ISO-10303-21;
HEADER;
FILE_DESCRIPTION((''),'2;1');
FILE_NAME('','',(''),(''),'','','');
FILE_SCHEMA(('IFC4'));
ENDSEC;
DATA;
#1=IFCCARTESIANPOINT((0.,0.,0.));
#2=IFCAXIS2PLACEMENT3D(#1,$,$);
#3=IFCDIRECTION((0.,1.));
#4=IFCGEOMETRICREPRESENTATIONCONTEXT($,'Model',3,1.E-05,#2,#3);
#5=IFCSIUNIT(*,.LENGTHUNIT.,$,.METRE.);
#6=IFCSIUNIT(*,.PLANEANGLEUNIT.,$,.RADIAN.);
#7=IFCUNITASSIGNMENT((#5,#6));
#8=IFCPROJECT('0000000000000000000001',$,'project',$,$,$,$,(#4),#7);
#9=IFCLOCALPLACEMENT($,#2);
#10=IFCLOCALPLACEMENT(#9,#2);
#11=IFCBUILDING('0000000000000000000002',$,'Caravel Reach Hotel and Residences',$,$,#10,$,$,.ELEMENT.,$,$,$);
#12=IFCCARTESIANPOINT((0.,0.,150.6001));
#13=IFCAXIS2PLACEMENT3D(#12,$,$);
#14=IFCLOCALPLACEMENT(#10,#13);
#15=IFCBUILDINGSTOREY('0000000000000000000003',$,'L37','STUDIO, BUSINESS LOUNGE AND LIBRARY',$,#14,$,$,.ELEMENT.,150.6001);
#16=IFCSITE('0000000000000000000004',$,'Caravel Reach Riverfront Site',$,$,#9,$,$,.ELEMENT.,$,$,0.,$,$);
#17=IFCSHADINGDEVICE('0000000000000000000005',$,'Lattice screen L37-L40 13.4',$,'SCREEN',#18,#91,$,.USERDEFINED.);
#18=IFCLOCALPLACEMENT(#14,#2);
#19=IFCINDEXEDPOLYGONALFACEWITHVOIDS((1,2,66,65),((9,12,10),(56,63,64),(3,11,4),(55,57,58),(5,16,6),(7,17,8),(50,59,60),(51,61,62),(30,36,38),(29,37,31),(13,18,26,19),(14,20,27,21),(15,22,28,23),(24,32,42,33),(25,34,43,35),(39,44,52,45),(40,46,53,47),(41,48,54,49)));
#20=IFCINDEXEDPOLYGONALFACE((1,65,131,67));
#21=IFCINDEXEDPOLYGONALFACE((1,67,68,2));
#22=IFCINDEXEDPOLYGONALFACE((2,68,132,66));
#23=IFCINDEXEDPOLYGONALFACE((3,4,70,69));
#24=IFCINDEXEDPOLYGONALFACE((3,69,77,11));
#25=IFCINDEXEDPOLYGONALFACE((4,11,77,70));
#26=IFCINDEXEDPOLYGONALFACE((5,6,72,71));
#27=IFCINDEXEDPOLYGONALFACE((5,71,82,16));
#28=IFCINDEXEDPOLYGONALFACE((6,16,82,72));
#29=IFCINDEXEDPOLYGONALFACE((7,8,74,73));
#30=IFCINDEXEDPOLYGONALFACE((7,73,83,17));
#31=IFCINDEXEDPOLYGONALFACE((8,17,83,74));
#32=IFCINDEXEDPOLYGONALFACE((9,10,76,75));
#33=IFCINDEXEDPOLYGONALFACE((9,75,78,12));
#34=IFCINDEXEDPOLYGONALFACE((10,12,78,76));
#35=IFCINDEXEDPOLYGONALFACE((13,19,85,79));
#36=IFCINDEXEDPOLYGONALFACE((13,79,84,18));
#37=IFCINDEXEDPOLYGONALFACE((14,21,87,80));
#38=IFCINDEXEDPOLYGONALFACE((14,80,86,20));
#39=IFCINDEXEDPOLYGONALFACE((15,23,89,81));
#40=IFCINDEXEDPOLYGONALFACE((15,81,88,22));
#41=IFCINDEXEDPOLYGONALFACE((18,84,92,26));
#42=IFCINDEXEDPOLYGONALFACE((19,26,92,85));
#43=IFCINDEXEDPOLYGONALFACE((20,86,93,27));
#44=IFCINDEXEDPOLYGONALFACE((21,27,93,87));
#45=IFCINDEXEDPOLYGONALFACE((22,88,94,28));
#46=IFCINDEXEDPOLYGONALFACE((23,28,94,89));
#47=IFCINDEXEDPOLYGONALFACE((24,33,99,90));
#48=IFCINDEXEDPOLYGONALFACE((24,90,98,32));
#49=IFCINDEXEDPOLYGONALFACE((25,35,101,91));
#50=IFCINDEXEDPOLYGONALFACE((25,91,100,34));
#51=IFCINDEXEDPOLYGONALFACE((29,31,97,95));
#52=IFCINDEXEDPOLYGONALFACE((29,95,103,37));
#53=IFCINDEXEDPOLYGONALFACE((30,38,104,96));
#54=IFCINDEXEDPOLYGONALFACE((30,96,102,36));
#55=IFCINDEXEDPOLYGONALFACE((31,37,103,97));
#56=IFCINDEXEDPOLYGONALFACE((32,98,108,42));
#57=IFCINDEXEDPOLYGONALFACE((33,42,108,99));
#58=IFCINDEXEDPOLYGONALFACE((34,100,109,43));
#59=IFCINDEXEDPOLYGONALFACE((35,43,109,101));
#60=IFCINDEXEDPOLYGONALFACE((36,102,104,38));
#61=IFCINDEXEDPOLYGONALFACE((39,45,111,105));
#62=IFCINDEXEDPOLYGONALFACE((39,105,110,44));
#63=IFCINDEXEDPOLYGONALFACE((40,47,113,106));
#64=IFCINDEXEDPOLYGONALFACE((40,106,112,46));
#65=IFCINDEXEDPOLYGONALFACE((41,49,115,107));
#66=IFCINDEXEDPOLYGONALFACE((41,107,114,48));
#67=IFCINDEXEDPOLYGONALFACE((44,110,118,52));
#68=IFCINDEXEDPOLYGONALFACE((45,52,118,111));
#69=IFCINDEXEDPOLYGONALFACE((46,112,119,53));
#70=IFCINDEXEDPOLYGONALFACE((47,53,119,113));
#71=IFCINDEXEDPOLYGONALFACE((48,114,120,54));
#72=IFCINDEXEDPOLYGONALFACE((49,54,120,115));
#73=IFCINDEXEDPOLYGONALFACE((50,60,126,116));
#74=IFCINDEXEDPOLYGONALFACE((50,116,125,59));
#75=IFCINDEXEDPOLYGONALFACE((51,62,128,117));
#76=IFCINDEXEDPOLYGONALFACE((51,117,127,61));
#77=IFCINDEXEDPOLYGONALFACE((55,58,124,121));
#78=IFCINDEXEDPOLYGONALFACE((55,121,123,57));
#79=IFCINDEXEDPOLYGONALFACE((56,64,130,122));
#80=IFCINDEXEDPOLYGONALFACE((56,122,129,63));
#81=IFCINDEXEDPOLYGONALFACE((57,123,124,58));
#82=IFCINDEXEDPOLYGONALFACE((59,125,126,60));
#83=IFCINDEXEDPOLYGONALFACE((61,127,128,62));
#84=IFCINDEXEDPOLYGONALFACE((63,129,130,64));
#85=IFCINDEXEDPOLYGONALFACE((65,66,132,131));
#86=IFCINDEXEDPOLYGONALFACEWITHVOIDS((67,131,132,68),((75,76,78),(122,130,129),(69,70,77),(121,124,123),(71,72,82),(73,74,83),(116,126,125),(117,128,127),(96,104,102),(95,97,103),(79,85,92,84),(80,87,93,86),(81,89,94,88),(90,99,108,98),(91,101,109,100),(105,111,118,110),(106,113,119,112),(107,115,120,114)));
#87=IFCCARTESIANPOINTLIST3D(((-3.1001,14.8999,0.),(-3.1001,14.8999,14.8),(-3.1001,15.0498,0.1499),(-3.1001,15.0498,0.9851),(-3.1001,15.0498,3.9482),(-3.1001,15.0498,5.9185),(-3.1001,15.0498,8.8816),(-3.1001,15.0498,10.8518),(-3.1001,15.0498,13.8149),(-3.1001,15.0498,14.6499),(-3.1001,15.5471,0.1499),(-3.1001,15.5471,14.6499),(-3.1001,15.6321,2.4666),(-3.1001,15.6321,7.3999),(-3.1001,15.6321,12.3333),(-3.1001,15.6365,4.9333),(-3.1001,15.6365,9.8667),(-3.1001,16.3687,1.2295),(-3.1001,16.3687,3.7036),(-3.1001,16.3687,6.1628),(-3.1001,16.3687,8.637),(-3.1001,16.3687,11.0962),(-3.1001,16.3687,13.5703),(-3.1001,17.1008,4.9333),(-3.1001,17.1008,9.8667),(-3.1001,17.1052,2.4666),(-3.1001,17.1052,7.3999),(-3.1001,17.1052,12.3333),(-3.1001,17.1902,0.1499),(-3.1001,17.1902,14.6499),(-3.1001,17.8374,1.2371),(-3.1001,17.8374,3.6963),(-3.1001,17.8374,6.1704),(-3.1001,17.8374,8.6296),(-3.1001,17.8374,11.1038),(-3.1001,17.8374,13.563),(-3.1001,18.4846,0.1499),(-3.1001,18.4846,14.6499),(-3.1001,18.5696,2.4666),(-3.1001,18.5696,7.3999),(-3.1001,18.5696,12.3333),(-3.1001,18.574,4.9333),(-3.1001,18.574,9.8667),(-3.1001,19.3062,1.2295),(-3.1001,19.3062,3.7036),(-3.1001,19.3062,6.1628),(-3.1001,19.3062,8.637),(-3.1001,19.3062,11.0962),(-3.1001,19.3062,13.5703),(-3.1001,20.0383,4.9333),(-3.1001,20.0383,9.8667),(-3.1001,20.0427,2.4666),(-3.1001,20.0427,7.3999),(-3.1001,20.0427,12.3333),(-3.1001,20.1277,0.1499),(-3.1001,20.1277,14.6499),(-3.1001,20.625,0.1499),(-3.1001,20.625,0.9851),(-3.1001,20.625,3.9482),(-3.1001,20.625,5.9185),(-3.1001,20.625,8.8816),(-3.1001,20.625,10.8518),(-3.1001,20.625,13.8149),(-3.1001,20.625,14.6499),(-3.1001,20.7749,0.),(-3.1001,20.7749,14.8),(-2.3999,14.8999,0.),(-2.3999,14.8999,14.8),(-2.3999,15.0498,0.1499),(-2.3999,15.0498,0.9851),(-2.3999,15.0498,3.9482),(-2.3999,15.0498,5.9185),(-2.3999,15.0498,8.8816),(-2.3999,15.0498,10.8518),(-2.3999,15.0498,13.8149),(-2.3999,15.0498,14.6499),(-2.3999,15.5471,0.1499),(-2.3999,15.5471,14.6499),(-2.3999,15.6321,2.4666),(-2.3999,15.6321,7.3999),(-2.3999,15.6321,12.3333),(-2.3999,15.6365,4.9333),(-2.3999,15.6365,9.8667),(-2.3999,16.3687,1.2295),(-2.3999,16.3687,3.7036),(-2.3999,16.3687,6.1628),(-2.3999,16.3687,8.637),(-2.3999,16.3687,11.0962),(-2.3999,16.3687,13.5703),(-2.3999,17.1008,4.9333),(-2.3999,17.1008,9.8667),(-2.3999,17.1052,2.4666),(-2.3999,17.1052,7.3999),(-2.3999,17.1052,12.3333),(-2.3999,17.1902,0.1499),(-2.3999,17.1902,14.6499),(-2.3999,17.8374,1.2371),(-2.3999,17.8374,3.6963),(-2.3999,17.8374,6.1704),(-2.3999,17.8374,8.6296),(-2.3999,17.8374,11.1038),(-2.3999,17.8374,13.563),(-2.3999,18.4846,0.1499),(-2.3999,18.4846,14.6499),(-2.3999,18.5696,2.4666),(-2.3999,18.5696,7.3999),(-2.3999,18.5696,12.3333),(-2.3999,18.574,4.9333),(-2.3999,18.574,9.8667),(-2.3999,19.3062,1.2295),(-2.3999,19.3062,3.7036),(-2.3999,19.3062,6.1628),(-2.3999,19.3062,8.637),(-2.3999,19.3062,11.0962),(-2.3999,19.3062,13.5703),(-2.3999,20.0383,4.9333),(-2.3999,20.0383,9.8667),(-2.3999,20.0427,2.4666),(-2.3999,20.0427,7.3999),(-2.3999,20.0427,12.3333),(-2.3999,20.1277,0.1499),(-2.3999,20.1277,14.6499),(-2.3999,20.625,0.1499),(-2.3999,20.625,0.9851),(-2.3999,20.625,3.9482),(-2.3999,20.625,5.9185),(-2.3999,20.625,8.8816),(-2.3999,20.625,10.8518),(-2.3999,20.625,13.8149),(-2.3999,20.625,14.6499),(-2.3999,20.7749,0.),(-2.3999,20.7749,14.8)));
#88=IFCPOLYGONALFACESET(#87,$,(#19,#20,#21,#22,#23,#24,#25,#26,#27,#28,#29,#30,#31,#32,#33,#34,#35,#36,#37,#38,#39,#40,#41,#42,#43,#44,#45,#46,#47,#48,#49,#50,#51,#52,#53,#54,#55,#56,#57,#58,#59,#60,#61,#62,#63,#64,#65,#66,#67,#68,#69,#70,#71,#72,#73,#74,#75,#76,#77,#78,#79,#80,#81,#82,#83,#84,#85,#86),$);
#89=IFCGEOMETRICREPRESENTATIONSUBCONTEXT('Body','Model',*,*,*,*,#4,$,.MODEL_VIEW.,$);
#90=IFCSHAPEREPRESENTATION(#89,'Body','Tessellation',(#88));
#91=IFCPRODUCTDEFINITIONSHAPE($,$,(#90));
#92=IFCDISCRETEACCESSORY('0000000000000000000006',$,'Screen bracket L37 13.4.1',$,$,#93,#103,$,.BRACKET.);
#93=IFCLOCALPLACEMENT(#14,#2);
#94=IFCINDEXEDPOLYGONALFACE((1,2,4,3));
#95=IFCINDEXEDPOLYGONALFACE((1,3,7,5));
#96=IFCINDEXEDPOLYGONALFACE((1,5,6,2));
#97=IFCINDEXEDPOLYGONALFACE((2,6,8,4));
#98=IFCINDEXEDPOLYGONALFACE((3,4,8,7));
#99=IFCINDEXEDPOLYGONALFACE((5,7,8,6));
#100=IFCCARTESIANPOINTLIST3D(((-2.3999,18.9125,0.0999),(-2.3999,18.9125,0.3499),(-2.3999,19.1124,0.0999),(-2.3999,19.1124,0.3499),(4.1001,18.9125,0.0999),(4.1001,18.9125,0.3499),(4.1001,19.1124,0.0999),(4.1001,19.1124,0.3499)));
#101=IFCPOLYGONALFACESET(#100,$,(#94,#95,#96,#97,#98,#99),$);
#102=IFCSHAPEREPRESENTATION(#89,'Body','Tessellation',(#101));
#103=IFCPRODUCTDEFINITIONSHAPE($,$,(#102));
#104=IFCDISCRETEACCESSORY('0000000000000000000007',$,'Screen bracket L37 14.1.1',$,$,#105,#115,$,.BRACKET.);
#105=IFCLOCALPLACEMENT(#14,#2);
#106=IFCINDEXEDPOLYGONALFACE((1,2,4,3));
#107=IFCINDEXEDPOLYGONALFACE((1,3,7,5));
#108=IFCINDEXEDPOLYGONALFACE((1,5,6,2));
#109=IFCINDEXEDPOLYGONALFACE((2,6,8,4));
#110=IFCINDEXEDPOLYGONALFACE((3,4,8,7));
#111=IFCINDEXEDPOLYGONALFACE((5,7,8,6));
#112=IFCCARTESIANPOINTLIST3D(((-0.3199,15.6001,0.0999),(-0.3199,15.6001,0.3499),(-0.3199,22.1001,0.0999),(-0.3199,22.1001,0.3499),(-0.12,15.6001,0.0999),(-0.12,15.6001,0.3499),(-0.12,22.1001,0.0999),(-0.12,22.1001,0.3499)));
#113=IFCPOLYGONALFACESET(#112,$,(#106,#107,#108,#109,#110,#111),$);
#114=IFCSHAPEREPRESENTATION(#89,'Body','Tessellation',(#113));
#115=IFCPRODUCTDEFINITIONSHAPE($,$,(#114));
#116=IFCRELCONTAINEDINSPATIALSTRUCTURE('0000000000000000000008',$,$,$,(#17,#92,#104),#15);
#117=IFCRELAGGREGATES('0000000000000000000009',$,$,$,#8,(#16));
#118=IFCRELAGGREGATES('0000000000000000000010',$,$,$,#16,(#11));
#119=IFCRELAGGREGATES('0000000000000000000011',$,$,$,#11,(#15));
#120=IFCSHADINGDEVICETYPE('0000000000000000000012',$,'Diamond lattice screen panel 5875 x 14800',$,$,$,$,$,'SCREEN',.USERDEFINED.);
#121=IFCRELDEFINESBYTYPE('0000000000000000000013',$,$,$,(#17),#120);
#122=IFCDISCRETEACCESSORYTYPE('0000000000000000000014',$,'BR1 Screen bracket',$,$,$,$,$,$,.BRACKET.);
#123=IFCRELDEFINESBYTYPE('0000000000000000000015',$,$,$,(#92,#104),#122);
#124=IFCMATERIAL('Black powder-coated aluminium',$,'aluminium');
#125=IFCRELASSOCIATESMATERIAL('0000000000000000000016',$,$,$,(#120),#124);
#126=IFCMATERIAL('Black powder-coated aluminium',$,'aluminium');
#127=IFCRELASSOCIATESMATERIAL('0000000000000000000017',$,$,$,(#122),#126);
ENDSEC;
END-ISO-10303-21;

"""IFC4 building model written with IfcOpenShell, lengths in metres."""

from ifc_helpers import new_model, si_unit, direction, frame, origin, origin_2d, place, context, subcontext, project, spatial, polyline, rectangle, outline, extrude, material, type_object, element, save


model = new_model("IFC4")

# Units and contexts
model_context = context("Model", 3, precision=1e-05, world=origin(), true_north=direction((0.0, 1.0)))
body_context = subcontext(model_context, "Body", "Model", "MODEL_VIEW")
ifc_project = project(units=[si_unit("LENGTHUNIT", "METRE"), si_unit("PLANEANGLEUNIT", "RADIAN")], contexts=[model_context])

# Site, building, storey
site_placement = place(None, origin())
site = spatial("IfcSite", under=ifc_project, at=site_placement, Name="Caravel Reach Riverfront Site", CompositionType="ELEMENT", RefElevation=0.0)
building_placement = place(site_placement, origin())
building = spatial("IfcBuilding", under=site, at=building_placement, Name="Caravel Reach Hotel and Residences", CompositionType="ELEMENT")
storey_placement = place(building_placement, frame((0.0, 0.0, 150.6001)))
storey = spatial("IfcBuildingStorey", under=building, at=storey_placement, Name="L37", Description="STUDIO, BUSINESS LOUNGE AND LIBRARY", CompositionType="ELEMENT", Elevation=150.6001)

# Shading device
ifc_material_1 = material(Name="Black powder-coated aluminium", Category="aluminium")
shading_device_type = type_object("IfcShadingDeviceType", Name="Diamond lattice screen panel 5875 x 14800", ElementType="SCREEN", PredefinedType="USERDEFINED", material=ifc_material_1)
shading_device_placement = place(storey_placement, frame((-2.3999, 20.7749, 0.0), z_axis=(-1.0, 0.0, 0.0), x_axis=(0.0, -1.0, 0.0)))
element("IfcShadingDevice", 1, at=shading_device_placement, inside=storey, type_object=shading_device_type, Name="Lattice screen L37-L40 13.4", ObjectType="SCREEN", PredefinedType="USERDEFINED", context=body_context, shape_type="SweptSolid", body=[
    extrude(outline(polyline([(0.0, 0.0), (5.875, 0.0), (5.875, 14.8), (0.0, 14.8), (0.0, 0.0)]), holes=[polyline([(0.6472, 0.1499), (0.1499, 0.9851), (0.1499, 0.1499), (0.6472, 0.1499)]), polyline([(0.7366, 4.9333), (0.1499, 5.9185), (0.1499, 3.9482), (0.7366, 4.9333)]), polyline([(0.7366, 9.8667), (0.1499, 10.8518), (0.1499, 8.8816), (0.7366, 9.8667)]), polyline([(0.1499, 13.8149), (0.6472, 14.6499), (0.1499, 14.6499), (0.1499, 13.8149)]), polyline([(1.4688, 3.7036), (0.7322, 2.4666), (1.4688, 1.2295), (2.2053, 2.4666), (1.4688, 3.7036)]), polyline([(1.4688, 8.637), (0.7322, 7.3999), (1.4688, 6.1628), (2.2053, 7.3999), (1.4688, 8.637)]), polyline([(1.4688, 13.5703), (0.7322, 12.3333), (1.4688, 11.0962), (2.2053, 12.3333), (1.4688, 13.5703)]), polyline([(2.9375, 1.2371), (2.2903, 0.1499), (3.5847, 0.1499), (2.9375, 1.2371)]), polyline([(2.9375, 6.1704), (2.2009, 4.9333), (2.9375, 3.6963), (3.6741, 4.9333), (2.9375, 6.1704)]), polyline([(2.9375, 11.1038), (2.2009, 9.8667), (2.9375, 8.6296), (3.6741, 9.8667), (2.9375, 11.1038)]), polyline([(2.9375, 13.563), (3.5847, 14.6499), (2.2903, 14.6499), (2.9375, 13.563)]), polyline([(4.4062, 3.7036), (3.6697, 2.4666), (4.4062, 1.2295), (5.1428, 2.4666), (4.4062, 3.7036)]), polyline([(4.4062, 8.637), (3.6697, 7.3999), (4.4062, 6.1628), (5.1428, 7.3999), (4.4062, 8.637)]), polyline([(4.4062, 13.5703), (3.6697, 12.3333), (4.4062, 11.0962), (5.1428, 12.3333), (4.4062, 13.5703)]), polyline([(5.7251, 0.9851), (5.2278, 0.1499), (5.7251, 0.1499), (5.7251, 0.9851)]), polyline([(5.1384, 4.9333), (5.7251, 3.9482), (5.7251, 5.9185), (5.1384, 4.9333)]), polyline([(5.1384, 9.8667), (5.7251, 8.8816), (5.7251, 10.8518), (5.1384, 9.8667)]), polyline([(5.2278, 14.6499), (5.7251, 13.8149), (5.7251, 14.6499), (5.2278, 14.6499)])]), origin(), (0.0, 0.0, 1.0), 0.7002),
])

# Discrete accessories
ifc_material_2 = material(Name="Black powder-coated aluminium", Category="aluminium")
discrete_accessory_type = type_object("IfcDiscreteAccessoryType", Name="BR1 Screen bracket", PredefinedType="BRACKET", material=ifc_material_2)
for number, where, z_axis, x_axis, name in (
    (2, (0.8501, 19.0125, 0.0999), (0.0, 0.0, 1.0), (-1.0, 0.0, 0.0), "Screen bracket L37 13.4.1"),
    (3, (-0.22, 18.8501, 0.0999), (0.0, 0.0, 1.0), (0.0, -1.0, 0.0), "Screen bracket L37 14.1.1"),
):
    element("IfcDiscreteAccessory", number, at=place(storey_placement, frame(where, z_axis=z_axis, x_axis=x_axis)), inside=storey, type_object=discrete_accessory_type, Name=name, PredefinedType="BRACKET", context=body_context, shape_type="SweptSolid", body=[
        extrude(rectangle(XDim=6.5, YDim=0.2, at=origin_2d()), origin(), (0.0, 0.0, 1.0), 0.25),
    ])

save(model, "model.ifc")
